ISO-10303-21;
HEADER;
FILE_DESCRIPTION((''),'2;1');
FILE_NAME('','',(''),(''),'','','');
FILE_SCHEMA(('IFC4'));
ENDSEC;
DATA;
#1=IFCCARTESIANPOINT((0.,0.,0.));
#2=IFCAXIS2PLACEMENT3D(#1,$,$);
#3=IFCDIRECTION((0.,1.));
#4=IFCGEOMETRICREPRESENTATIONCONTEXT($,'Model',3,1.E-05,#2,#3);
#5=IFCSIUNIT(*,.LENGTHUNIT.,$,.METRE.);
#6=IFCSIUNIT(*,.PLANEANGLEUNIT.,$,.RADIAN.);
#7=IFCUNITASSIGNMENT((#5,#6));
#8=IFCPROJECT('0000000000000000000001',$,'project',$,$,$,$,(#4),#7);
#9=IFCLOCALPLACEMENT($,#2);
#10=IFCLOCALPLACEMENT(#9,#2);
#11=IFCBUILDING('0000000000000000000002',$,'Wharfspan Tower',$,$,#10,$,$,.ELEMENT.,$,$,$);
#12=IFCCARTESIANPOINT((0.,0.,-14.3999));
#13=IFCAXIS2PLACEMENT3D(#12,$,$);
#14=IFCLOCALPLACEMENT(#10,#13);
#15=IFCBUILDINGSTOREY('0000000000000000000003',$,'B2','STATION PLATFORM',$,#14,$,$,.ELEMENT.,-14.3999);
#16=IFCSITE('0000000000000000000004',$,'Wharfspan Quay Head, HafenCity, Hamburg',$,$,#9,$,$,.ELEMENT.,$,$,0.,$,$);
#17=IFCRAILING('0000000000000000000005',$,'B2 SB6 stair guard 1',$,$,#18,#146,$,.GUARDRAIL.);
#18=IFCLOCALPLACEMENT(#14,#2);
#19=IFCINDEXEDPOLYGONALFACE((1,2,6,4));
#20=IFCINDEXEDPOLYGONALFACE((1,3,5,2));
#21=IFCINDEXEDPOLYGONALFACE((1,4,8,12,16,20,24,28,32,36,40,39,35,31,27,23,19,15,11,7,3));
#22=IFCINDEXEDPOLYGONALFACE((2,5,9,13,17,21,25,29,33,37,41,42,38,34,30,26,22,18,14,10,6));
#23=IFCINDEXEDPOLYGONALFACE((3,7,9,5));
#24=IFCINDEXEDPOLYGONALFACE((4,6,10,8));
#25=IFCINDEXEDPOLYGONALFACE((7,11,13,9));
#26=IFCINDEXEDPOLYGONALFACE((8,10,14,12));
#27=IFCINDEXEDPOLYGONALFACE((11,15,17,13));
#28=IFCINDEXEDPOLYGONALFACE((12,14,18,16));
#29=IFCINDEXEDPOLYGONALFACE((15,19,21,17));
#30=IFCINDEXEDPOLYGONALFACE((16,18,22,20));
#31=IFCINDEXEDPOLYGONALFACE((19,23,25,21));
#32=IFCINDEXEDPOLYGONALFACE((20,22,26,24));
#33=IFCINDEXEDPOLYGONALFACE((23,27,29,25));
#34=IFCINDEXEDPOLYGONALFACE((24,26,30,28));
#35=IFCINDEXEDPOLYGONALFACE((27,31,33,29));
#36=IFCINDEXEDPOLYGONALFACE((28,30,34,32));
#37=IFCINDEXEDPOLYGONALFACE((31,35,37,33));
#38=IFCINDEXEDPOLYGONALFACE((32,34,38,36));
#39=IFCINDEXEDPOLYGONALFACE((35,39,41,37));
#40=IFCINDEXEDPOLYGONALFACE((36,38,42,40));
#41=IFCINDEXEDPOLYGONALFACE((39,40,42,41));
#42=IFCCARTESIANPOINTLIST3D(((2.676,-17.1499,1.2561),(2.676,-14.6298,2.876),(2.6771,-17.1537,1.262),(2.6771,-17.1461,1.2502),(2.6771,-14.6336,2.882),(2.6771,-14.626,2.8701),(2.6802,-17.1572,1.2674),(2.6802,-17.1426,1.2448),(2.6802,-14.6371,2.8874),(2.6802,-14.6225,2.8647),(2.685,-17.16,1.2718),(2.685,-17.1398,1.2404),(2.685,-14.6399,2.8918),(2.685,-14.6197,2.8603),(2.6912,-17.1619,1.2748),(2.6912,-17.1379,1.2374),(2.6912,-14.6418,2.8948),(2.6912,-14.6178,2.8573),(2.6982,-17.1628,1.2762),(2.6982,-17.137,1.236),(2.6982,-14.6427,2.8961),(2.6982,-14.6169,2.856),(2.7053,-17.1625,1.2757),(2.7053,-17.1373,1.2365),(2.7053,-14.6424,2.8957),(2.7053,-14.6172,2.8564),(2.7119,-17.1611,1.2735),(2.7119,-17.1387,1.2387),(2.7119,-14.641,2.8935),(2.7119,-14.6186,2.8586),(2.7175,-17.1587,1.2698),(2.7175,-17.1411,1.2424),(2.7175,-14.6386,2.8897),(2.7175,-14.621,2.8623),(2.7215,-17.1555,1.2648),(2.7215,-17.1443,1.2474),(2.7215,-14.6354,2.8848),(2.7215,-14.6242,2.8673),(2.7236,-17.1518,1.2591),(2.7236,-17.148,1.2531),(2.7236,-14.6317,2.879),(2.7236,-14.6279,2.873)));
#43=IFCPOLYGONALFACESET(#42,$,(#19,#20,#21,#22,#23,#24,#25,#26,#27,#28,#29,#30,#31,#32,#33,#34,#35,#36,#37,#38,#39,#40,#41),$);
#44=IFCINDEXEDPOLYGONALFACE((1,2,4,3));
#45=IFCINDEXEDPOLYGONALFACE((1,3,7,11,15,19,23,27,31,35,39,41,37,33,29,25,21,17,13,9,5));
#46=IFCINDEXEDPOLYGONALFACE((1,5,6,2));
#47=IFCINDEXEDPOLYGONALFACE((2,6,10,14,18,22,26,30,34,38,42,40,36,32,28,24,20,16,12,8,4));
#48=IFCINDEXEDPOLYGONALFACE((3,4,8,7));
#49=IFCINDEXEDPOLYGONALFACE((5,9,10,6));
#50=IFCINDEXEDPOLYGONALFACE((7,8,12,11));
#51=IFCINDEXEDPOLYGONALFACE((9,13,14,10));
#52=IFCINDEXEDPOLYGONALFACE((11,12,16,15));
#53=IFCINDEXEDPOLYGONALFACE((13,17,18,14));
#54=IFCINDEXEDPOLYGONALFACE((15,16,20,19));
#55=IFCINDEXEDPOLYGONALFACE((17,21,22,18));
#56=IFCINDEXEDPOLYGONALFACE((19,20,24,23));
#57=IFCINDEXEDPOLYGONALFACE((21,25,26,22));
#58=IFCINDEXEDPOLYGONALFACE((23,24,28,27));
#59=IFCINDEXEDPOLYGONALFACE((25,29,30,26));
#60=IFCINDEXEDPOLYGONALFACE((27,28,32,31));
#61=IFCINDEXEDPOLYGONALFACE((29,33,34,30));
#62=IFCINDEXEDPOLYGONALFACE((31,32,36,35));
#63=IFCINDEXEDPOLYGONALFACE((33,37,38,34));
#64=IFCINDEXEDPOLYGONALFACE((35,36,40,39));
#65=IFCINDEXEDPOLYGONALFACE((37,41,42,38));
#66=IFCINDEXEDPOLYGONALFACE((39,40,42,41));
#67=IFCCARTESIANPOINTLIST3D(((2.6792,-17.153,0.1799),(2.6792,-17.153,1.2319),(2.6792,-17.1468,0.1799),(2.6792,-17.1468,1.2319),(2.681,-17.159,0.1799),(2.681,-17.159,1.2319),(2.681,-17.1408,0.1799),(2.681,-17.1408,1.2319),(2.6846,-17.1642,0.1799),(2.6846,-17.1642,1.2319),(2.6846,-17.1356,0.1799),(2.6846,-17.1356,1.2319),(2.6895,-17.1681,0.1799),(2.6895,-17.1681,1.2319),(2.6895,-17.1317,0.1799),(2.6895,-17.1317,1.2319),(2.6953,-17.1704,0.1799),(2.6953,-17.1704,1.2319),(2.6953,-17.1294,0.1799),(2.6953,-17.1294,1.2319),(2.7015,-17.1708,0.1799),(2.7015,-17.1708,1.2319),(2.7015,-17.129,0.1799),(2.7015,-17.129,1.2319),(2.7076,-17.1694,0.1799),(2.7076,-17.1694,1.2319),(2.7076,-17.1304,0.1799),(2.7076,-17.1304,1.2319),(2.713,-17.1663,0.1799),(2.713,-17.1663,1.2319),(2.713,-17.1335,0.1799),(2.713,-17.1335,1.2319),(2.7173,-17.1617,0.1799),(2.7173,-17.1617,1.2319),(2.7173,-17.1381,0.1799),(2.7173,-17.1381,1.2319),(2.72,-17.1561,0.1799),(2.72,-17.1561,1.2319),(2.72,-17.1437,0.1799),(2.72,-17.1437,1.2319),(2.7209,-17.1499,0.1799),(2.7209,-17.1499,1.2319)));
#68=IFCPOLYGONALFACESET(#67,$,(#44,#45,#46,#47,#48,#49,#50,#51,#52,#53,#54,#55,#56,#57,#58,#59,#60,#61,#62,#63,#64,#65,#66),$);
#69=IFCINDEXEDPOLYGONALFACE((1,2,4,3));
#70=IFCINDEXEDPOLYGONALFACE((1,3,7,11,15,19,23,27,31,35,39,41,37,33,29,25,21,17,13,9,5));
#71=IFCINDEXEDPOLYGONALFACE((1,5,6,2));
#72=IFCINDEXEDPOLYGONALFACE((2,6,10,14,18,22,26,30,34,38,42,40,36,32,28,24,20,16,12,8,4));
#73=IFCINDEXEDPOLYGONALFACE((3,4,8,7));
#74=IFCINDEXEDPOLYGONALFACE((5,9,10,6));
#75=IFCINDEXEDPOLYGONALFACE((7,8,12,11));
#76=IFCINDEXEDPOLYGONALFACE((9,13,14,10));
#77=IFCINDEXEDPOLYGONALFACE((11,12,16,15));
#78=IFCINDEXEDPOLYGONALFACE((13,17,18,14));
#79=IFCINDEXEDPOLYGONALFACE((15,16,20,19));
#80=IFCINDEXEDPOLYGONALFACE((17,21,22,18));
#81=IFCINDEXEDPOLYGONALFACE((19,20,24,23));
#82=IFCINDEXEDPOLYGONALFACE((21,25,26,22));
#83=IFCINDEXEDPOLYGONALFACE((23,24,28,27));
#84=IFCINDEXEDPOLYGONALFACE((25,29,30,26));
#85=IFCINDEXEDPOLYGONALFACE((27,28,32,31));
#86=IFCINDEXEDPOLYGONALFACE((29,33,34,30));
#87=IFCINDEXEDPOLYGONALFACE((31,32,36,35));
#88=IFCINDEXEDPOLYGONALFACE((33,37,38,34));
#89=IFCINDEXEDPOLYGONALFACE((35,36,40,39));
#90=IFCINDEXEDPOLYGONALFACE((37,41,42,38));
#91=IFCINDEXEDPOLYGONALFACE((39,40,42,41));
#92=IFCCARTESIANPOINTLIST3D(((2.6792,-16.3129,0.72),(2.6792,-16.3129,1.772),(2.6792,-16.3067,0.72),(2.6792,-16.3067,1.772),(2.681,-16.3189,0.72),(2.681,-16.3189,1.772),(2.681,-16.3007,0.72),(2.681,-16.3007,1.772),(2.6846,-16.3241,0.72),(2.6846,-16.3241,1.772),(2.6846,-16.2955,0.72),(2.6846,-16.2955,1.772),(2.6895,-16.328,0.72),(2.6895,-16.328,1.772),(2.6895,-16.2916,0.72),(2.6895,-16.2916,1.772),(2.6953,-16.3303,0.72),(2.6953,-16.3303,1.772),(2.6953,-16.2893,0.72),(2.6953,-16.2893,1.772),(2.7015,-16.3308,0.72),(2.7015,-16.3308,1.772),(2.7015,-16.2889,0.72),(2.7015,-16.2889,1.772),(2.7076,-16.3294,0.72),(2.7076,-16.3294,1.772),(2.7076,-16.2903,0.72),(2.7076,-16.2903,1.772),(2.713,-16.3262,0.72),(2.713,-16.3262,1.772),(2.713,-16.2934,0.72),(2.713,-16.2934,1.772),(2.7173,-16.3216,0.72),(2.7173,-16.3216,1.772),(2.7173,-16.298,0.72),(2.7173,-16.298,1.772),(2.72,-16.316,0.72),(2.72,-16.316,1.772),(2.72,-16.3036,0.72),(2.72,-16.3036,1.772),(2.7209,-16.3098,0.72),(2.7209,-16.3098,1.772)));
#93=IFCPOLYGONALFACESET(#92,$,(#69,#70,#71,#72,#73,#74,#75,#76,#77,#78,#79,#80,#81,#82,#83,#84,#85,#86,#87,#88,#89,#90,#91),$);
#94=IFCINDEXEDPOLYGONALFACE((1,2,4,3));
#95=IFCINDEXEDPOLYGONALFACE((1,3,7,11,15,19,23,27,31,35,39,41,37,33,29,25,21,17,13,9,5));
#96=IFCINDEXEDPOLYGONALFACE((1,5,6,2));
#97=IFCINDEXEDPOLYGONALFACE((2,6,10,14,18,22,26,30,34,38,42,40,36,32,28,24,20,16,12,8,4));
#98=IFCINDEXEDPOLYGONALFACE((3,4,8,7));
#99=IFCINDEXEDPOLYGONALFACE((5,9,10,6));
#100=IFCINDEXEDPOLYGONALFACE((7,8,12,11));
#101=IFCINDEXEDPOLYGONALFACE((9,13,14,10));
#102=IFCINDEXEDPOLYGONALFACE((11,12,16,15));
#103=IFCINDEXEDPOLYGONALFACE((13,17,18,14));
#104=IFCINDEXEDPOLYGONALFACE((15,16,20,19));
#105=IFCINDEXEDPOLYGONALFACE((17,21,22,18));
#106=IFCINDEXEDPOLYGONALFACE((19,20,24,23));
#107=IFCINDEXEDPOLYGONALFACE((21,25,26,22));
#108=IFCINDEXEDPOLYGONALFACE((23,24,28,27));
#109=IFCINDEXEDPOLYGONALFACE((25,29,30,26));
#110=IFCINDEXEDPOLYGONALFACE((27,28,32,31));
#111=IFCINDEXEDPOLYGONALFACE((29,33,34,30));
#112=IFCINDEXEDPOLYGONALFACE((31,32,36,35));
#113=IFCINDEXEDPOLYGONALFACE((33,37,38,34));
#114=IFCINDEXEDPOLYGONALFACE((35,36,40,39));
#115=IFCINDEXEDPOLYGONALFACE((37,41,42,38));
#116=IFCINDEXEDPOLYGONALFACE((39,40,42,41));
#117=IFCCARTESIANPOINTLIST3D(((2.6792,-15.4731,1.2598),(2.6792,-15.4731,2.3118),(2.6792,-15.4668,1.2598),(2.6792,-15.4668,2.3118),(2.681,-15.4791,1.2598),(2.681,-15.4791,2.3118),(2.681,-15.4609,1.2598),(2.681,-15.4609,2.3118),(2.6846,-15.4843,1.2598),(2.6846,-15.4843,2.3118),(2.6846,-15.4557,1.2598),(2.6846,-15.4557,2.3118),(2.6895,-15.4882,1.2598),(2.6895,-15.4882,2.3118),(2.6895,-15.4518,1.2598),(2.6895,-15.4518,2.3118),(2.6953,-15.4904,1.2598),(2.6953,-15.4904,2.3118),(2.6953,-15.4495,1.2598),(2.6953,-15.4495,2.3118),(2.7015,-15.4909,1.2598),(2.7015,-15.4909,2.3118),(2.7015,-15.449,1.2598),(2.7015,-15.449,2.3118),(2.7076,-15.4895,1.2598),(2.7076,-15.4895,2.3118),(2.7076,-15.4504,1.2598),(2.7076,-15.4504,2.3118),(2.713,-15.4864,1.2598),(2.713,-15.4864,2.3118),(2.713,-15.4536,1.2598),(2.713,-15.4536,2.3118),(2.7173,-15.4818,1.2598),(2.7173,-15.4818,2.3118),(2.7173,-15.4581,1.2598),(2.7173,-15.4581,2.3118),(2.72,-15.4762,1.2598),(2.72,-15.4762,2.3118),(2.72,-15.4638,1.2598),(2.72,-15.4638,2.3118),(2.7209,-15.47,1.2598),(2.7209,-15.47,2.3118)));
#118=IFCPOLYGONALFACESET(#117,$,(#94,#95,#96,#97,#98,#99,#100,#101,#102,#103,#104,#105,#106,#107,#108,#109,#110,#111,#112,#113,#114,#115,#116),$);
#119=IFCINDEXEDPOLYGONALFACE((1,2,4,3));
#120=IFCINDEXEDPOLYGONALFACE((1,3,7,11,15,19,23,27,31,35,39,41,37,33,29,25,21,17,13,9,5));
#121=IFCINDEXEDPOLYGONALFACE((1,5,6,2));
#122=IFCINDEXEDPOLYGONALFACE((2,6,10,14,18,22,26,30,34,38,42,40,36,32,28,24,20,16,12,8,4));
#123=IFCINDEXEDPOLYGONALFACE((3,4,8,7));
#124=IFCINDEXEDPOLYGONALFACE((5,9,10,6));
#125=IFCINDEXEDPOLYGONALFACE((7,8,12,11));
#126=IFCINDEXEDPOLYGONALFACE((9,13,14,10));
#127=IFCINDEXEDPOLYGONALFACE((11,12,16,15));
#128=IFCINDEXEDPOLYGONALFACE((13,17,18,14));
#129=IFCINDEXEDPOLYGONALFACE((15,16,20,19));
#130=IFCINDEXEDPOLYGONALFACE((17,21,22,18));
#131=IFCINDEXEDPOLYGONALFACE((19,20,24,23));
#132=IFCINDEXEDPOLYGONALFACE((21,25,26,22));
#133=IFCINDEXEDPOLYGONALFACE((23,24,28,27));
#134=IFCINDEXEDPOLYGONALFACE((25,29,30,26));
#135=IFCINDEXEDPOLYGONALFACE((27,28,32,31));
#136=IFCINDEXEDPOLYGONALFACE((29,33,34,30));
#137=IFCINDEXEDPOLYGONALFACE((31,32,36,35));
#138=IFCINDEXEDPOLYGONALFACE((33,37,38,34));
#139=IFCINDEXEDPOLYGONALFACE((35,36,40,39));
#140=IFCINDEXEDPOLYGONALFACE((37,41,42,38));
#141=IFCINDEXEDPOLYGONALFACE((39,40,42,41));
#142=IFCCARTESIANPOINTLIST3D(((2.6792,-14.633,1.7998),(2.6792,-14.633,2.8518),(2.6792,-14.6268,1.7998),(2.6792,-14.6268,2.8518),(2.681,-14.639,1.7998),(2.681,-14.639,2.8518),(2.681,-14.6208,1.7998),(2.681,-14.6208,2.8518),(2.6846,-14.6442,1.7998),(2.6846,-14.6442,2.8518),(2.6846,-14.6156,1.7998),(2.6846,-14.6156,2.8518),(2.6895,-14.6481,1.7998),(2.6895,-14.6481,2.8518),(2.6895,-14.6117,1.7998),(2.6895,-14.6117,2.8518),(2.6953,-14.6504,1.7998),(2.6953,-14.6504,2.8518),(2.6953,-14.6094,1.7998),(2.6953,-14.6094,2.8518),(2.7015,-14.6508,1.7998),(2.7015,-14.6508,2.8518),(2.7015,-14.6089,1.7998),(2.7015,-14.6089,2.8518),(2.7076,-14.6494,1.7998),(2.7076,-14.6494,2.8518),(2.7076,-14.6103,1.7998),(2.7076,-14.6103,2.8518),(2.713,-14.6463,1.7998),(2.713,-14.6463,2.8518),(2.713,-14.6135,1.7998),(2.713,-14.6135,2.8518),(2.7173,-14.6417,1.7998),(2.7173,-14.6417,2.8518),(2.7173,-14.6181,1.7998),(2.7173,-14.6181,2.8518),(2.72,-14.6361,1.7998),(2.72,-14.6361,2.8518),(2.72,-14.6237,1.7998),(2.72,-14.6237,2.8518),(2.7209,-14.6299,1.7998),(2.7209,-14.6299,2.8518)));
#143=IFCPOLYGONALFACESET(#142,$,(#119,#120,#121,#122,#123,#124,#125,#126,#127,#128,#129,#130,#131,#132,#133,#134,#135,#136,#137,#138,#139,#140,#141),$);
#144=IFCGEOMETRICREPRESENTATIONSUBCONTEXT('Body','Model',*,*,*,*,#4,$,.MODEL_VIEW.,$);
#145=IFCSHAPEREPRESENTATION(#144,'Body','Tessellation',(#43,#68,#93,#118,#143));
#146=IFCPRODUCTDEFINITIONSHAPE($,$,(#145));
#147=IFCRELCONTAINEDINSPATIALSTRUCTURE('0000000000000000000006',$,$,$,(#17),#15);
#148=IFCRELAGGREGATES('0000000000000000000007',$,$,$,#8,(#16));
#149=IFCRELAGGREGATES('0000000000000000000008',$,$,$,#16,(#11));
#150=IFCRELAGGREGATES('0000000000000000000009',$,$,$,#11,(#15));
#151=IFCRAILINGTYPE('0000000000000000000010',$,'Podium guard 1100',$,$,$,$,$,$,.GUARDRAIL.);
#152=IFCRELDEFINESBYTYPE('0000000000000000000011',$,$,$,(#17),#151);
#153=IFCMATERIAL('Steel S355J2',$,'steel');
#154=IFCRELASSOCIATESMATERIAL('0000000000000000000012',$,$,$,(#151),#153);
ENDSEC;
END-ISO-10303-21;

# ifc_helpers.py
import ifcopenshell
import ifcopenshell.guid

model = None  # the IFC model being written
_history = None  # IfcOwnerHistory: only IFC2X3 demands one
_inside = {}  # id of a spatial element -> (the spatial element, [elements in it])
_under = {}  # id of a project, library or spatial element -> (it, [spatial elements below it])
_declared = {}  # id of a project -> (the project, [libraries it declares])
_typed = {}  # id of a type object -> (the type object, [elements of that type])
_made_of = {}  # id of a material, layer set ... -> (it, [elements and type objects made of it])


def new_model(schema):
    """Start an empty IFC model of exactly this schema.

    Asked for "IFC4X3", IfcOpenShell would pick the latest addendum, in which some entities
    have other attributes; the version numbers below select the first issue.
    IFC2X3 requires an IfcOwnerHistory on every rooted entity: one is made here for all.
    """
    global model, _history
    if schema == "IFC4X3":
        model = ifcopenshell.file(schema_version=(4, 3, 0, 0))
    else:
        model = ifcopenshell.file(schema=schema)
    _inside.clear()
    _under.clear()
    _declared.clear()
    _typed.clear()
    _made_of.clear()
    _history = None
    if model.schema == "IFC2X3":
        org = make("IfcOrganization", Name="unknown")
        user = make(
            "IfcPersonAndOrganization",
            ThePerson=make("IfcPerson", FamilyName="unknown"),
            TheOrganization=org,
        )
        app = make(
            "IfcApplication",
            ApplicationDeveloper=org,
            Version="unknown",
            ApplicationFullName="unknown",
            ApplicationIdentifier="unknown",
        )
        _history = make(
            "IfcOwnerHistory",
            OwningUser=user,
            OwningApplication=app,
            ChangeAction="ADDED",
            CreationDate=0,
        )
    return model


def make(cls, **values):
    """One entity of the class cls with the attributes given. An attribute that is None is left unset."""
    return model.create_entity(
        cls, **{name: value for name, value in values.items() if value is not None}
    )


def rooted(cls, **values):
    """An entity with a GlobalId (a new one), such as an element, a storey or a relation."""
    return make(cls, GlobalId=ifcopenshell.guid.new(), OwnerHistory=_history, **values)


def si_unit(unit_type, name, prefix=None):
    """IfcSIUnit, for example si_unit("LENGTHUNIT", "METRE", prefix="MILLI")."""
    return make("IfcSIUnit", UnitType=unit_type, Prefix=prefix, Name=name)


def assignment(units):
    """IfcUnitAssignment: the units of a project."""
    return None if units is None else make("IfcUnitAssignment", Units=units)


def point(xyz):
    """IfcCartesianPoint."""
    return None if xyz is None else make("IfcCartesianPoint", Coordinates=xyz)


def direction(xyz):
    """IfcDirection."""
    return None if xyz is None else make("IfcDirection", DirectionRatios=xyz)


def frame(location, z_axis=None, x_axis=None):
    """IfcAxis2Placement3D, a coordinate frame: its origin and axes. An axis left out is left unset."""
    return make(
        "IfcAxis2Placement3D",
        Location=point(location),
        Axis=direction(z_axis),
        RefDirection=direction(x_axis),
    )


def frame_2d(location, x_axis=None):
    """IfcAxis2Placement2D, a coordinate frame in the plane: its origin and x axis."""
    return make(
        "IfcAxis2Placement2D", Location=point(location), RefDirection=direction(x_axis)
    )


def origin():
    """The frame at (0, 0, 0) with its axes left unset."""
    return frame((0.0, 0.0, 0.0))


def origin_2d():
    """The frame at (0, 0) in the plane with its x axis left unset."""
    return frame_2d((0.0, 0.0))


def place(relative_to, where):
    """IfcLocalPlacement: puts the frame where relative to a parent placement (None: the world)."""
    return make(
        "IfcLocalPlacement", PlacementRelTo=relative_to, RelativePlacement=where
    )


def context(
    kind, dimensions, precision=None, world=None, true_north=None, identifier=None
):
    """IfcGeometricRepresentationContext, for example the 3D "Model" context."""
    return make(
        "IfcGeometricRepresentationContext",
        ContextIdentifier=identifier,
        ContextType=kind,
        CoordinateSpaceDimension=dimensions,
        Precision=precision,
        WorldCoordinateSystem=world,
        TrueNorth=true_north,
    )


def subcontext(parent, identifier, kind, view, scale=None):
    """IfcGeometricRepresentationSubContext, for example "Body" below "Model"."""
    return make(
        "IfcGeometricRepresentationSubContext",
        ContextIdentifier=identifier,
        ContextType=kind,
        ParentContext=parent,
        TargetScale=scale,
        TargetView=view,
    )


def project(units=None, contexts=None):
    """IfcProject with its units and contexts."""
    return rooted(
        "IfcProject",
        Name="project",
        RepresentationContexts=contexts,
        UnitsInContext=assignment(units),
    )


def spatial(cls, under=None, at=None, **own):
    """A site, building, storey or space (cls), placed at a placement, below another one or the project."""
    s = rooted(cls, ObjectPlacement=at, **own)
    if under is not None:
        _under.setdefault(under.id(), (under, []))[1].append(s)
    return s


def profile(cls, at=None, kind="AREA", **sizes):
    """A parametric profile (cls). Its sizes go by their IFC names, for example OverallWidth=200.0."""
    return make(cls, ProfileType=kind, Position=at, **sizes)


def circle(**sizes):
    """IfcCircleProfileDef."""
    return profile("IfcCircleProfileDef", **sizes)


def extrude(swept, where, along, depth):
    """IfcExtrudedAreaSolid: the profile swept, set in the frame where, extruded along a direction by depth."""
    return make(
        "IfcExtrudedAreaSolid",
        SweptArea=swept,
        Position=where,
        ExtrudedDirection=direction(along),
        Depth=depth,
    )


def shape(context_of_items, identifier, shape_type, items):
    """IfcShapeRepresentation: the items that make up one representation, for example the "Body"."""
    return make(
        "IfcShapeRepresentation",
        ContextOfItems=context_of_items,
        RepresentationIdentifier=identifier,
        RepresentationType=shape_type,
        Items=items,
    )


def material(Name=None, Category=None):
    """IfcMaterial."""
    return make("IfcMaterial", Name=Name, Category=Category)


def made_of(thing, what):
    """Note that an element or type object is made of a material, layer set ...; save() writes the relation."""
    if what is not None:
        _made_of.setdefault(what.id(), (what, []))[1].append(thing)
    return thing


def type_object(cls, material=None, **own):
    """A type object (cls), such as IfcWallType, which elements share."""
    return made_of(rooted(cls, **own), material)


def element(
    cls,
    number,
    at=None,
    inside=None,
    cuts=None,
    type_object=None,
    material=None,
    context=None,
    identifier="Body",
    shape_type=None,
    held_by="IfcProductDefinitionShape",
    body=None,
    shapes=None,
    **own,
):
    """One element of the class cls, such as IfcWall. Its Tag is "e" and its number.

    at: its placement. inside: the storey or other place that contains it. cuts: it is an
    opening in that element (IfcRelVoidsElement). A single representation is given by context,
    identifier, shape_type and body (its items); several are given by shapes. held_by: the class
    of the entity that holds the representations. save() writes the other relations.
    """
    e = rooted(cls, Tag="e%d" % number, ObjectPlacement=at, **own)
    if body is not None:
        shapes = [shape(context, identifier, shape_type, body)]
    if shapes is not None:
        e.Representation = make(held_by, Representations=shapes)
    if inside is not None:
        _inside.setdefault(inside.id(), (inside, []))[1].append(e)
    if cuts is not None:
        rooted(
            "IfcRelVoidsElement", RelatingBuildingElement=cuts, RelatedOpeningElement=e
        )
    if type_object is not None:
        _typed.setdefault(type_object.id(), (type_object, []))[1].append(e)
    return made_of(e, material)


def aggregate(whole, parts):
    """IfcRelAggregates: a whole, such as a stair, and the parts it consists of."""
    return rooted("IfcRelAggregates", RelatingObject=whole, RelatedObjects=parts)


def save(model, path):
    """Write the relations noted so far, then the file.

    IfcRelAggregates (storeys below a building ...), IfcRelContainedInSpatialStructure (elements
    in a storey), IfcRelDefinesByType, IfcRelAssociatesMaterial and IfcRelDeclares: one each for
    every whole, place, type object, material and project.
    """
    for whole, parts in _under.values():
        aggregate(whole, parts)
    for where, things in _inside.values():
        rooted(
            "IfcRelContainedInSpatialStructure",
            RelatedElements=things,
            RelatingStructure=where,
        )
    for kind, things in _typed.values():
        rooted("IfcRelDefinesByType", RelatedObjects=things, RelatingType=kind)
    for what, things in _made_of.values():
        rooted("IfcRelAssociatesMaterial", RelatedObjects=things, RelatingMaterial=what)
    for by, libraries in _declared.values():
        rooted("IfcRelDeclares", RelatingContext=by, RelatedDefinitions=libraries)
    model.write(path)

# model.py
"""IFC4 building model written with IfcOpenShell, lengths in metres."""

from ifc_helpers import new_model, si_unit, direction, frame, origin, origin_2d, place, context, subcontext, project, spatial, circle, extrude, material, type_object, element, save


model = new_model("IFC4")

# Units and contexts
model_context = context("Model", 3, precision=1e-05, world=origin(), true_north=direction((0.0, 1.0)))
body_context = subcontext(model_context, "Body", "Model", "MODEL_VIEW")
ifc_project = project(units=[si_unit("LENGTHUNIT", "METRE"), si_unit("PLANEANGLEUNIT", "RADIAN")], contexts=[model_context])

# Site, building, storey
site_placement = place(None, origin())
site = spatial("IfcSite", under=ifc_project, at=site_placement, Name="Wharfspan Quay Head, HafenCity, Hamburg", CompositionType="ELEMENT", RefElevation=0.0)
building_placement = place(site_placement, origin())
building = spatial("IfcBuilding", under=site, at=building_placement, Name="Wharfspan Tower", CompositionType="ELEMENT")
storey_placement = place(building_placement, frame((0.0, 0.0, -14.3999)))
storey = spatial("IfcBuildingStorey", under=building, at=storey_placement, Name="B2", Description="STATION PLATFORM", CompositionType="ELEMENT", Elevation=-14.3999)

# Railing
ifc_material_1 = material(Name="Steel S355J2", Category="steel")
railing_type = type_object("IfcRailingType", Name="Podium guard 1100", PredefinedType="GUARDRAIL", material=ifc_material_1)
railing_1_placement = place(storey_placement, frame((2.7, -17.1499, 0.1799)))
element("IfcRailing", 1, at=railing_1_placement, inside=storey, type_object=railing_type, Name="B2 SB6 stair guard 1", PredefinedType="GUARDRAIL", context=body_context, shape_type="SweptSolid", body=[
    extrude(circle(Radius=0.0239, at=origin_2d()), frame((0.0, 0.0, 1.0762), z_axis=(0.0, 0.8412, 0.540725), x_axis=(-1.0, 0.0, 0.0)), (0.0, 0.0, 1.0), 2.9958),
    extrude(circle(Radius=0.021, at=origin_2d()), origin(), (0.0, 0.0, 1.0), 1.052),
    extrude(circle(Radius=0.021, at=origin_2d()), frame((0.0, 0.8401, 0.54)), (0.0, 0.0, 1.0), 1.052),
    extrude(circle(Radius=0.021, at=origin_2d()), frame((0.0, 1.6799, 1.0798)), (0.0, 0.0, 1.0), 1.052),
    extrude(circle(Radius=0.021, at=origin_2d()), frame((0.0, 2.52, 1.6199)), (0.0, 0.0, 1.0), 1.052),
])

save(model, "model.ifc")
